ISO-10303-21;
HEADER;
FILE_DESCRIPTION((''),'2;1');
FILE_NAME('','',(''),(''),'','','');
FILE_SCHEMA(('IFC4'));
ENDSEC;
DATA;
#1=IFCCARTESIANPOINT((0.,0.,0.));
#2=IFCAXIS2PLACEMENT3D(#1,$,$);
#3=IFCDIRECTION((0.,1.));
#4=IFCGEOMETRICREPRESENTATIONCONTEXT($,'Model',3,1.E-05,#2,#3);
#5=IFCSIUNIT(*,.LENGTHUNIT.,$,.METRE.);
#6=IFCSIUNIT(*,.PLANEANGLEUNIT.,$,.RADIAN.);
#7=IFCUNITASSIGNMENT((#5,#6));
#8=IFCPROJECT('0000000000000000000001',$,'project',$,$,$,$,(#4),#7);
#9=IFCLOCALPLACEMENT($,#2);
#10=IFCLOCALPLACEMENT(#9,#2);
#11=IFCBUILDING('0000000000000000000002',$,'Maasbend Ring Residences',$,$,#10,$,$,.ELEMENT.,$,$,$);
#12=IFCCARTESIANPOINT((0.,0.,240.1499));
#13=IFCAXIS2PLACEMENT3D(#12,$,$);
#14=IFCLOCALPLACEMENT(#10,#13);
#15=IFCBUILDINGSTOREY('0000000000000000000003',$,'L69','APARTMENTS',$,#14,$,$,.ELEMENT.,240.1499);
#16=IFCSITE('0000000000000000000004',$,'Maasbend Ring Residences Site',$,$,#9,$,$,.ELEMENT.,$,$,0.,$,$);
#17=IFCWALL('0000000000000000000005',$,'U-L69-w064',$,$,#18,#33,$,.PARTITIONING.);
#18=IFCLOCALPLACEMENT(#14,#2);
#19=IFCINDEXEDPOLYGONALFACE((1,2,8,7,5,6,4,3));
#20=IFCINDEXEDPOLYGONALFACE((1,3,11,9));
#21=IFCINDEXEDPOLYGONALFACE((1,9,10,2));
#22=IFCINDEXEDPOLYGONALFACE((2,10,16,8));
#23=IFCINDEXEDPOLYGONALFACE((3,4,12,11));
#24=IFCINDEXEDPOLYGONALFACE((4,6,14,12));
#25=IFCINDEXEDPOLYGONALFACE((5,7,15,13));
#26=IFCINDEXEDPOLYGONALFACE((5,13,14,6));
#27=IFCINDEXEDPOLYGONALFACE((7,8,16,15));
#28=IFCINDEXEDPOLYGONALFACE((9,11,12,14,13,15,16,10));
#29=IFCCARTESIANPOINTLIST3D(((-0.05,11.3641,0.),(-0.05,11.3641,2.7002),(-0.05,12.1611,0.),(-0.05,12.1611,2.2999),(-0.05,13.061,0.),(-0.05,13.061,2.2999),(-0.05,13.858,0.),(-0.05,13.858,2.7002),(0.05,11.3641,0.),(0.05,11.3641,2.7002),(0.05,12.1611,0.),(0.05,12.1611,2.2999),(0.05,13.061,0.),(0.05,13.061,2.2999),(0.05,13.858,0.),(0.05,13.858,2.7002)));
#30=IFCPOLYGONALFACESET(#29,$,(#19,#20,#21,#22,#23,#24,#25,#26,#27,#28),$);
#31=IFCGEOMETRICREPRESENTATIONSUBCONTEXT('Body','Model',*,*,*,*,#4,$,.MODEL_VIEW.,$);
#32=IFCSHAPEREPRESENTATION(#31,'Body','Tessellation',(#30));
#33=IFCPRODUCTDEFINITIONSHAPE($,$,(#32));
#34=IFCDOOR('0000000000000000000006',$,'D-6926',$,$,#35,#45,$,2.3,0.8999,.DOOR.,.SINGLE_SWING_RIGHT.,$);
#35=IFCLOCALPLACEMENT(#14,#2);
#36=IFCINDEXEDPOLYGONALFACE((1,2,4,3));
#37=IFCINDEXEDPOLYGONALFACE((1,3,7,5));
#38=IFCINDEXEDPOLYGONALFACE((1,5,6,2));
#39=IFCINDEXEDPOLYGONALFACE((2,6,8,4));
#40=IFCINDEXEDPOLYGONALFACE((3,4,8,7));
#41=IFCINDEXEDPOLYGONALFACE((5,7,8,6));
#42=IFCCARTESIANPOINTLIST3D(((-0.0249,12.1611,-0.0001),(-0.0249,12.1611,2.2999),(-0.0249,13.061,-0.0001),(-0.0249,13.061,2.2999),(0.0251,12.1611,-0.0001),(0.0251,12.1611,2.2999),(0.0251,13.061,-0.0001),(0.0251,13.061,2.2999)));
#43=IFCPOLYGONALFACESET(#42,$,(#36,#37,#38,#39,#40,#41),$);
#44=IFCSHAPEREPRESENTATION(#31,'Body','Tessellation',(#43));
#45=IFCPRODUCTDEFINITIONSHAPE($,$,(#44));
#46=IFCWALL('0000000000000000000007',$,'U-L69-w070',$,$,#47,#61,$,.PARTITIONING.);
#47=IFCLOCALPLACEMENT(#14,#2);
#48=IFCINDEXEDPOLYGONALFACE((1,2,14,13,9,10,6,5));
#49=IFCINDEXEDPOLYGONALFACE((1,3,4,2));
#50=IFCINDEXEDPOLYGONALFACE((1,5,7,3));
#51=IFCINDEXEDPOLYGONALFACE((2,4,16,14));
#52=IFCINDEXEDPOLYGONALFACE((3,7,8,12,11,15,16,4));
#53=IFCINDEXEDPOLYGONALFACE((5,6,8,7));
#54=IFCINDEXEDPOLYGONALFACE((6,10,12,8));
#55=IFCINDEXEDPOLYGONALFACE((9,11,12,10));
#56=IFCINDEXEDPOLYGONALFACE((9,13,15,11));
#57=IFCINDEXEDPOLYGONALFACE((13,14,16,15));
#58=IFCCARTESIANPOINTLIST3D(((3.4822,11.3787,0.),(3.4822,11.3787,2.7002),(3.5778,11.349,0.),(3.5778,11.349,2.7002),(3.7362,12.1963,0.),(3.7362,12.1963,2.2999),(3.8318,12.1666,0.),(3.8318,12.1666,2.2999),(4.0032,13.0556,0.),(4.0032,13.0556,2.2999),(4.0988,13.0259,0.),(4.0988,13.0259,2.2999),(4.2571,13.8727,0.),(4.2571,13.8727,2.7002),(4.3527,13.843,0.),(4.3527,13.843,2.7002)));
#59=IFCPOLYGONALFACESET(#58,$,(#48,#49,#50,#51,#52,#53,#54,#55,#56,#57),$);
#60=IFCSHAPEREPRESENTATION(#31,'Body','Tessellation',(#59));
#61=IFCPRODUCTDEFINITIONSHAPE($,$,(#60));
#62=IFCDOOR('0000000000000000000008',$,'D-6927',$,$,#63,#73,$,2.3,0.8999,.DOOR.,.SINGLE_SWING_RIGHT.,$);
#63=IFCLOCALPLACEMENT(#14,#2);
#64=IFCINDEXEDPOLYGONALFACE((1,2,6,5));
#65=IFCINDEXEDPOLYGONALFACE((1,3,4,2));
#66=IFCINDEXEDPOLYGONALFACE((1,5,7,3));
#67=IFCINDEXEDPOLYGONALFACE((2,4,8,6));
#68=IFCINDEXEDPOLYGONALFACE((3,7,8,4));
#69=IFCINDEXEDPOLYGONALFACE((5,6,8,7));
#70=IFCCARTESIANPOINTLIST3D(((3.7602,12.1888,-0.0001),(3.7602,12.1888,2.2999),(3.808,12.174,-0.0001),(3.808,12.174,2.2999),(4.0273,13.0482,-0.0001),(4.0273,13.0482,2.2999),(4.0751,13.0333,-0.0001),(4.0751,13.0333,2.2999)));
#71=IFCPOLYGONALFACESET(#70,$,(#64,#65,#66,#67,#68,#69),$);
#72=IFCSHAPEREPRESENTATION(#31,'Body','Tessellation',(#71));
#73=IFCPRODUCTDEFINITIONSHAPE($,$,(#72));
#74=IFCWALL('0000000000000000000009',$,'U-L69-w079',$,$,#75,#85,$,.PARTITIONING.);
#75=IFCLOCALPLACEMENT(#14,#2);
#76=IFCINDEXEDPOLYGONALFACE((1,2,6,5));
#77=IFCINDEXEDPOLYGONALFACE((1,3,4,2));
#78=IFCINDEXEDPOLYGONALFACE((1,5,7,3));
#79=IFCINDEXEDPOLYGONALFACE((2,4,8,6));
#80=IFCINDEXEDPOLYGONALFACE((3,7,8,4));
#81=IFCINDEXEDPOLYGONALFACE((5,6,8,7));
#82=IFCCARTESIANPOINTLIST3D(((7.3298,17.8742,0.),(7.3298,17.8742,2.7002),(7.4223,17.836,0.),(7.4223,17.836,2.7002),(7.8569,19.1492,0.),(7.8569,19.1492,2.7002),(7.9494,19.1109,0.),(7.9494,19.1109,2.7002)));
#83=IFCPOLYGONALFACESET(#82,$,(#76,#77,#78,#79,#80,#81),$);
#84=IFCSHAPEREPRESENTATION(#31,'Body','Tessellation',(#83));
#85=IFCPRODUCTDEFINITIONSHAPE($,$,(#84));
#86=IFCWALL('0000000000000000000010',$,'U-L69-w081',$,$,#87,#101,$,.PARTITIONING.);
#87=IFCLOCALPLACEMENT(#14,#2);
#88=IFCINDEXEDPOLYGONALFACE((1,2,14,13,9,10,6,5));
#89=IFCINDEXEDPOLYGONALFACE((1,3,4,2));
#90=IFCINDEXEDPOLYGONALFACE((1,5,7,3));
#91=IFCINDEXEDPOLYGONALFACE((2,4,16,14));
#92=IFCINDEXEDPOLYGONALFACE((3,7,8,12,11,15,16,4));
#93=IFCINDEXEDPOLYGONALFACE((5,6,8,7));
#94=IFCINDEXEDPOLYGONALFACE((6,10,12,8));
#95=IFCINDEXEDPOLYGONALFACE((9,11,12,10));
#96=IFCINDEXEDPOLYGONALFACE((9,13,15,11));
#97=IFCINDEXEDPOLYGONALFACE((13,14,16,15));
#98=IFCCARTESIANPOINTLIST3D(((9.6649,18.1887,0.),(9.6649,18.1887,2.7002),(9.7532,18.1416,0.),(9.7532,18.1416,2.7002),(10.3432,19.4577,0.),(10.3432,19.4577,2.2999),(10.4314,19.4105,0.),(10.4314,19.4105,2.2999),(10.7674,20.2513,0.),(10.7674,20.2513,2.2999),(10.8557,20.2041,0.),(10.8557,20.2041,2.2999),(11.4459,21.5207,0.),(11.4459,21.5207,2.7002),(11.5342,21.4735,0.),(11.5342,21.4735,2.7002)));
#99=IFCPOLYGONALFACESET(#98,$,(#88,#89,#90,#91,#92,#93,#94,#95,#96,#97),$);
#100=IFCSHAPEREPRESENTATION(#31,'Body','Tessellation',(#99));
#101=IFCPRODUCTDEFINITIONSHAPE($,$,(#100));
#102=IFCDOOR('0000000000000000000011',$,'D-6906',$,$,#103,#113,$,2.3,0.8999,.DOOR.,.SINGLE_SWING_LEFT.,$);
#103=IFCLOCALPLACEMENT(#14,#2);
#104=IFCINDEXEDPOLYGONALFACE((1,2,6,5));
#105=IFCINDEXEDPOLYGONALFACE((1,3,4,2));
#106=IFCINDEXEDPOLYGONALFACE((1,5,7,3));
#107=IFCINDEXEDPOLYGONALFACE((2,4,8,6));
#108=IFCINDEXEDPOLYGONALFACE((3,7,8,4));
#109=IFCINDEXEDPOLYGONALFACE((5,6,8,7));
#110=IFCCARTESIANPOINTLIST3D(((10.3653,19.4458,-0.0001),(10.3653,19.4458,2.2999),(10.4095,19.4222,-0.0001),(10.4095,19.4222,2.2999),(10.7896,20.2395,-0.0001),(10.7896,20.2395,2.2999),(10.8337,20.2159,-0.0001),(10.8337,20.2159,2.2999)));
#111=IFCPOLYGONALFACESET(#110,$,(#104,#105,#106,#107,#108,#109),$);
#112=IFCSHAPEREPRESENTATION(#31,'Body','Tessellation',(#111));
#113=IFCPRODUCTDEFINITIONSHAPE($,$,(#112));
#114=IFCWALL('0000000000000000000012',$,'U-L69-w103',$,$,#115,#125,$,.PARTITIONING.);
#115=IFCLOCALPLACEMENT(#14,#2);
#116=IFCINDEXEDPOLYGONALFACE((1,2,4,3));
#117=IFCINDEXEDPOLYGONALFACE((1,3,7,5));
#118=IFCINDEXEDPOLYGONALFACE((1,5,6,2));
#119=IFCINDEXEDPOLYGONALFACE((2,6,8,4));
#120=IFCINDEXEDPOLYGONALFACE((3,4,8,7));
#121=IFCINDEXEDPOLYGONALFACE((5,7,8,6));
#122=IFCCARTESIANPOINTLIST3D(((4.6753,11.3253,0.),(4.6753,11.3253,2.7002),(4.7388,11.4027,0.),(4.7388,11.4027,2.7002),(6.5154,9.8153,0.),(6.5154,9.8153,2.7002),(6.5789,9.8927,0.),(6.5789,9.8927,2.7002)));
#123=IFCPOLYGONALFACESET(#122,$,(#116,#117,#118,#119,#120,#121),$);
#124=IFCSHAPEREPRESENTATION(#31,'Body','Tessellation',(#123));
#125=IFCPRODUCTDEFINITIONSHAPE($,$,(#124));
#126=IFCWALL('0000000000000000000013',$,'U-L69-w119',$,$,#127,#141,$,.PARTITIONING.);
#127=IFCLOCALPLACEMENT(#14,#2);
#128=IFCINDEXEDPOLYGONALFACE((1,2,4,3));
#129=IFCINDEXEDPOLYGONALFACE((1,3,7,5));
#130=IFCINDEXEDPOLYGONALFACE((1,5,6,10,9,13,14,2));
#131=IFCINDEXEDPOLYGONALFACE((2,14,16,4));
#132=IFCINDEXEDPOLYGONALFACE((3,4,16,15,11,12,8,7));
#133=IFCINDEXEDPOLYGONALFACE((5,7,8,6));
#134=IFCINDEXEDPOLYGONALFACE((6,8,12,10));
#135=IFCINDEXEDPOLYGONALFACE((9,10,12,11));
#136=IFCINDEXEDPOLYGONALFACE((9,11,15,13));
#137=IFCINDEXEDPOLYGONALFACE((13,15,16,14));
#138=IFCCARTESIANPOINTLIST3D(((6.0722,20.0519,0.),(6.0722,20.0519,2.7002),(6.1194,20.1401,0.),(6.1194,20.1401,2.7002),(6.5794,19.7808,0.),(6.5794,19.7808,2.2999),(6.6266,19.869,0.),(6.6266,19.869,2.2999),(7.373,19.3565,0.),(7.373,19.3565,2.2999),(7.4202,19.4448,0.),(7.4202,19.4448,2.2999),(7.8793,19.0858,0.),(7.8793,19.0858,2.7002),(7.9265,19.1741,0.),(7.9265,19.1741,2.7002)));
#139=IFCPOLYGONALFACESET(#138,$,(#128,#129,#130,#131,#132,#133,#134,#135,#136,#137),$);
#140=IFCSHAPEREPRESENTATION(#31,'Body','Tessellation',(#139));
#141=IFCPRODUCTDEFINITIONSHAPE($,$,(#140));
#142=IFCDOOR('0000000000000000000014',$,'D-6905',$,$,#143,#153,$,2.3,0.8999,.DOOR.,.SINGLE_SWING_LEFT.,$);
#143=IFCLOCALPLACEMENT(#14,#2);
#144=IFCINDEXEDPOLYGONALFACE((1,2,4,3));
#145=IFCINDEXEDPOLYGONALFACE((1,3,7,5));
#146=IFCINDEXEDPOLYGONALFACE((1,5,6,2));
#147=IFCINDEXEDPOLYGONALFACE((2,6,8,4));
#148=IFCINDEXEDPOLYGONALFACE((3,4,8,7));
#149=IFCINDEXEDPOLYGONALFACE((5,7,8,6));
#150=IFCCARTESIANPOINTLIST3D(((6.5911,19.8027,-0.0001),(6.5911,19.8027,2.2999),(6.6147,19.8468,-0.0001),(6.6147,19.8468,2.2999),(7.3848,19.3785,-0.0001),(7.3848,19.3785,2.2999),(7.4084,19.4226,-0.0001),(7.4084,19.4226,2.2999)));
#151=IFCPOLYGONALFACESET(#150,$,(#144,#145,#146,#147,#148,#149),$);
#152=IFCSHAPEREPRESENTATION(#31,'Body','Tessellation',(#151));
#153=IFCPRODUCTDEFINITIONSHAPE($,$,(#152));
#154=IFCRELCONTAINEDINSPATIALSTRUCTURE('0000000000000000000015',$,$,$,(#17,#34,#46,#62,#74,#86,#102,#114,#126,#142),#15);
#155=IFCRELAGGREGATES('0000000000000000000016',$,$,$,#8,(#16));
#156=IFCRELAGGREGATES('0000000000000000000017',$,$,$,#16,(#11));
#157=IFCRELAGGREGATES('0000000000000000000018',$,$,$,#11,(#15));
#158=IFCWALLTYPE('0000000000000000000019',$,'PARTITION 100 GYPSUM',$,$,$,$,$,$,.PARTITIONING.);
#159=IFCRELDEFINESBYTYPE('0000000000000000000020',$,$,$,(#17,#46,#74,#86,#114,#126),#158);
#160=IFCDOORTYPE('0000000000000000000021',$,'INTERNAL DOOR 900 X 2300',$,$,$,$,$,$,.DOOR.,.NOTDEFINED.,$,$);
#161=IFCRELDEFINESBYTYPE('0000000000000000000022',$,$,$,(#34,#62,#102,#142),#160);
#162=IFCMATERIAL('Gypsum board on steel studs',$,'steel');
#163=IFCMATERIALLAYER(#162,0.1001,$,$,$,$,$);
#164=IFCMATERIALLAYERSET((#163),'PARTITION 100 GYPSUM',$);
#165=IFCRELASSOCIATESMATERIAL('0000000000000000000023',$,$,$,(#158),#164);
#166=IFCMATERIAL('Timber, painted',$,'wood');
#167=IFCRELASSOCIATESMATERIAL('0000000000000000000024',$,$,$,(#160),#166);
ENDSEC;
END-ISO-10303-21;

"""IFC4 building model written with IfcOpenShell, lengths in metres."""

from ifc_helpers import new_model, si_unit, direction, frame, frame_2d, origin, place, context, subcontext, project, spatial, rectangle, extrude, material, layer, layer_set, type_object, element, fill, save


model = new_model("IFC4")

# Units and contexts
model_context = context("Model", 3, precision=1e-05, world=origin(), true_north=direction((0.0, 1.0)))
body_context = subcontext(model_context, "Body", "Model", "MODEL_VIEW")
ifc_project = project(units=[si_unit("LENGTHUNIT", "METRE"), si_unit("PLANEANGLEUNIT", "RADIAN")], contexts=[model_context])

# Site, building, storey
site_placement = place(None, origin())
site = spatial("IfcSite", under=ifc_project, at=site_placement, Name="Maasbend Ring Residences Site", CompositionType="ELEMENT", RefElevation=0.0)
building_placement = place(site_placement, origin())
building = spatial("IfcBuilding", under=site, at=building_placement, Name="Maasbend Ring Residences", CompositionType="ELEMENT")
storey_placement = place(building_placement, frame((0.0, 0.0, 240.1499)))
storey = spatial("IfcBuildingStorey", under=building, at=storey_placement, Name="L69", Description="APARTMENTS", CompositionType="ELEMENT", Elevation=240.1499)

# Walls, openings, doors
ifc_material_1 = material(Name="Gypsum board on steel studs", Category="steel")
ifc_layer_1 = layer(ifc_material_1, 0.1001)
ifc_layer_set_1 = layer_set([ifc_layer_1], Name="PARTITION 100 GYPSUM")
wall_type_1 = type_object("IfcWallType", Name="PARTITION 100 GYPSUM", PredefinedType="PARTITIONING", material=ifc_layer_set_1)
wall_1_placement = place(storey_placement, frame((0.0, 11.364, 0.0), z_axis=(0.0, 0.0, 1.0), x_axis=(0.0, 1.0, 0.0)))
wall_1 = element("IfcWall", 1, at=wall_1_placement, inside=storey, type_object=wall_type_1, Name="U-L69-w064", PredefinedType="PARTITIONING", context=body_context, shape_type="SweptSolid", body=[
    extrude(rectangle(XDim=2.4939, YDim=0.1001, at=frame_2d((1.2471, 0.0))), origin(), (0.0, 0.0, 1.0), 2.7002),
])
opening_1_placement = place(wall_1_placement, frame((0.7971, 0.0, 0.0)))
opening_1 = element("IfcOpeningElement", 2, at=opening_1_placement, cuts=wall_1, PredefinedType="OPENING", context=body_context, shape_type="SweptSolid", body=[
    extrude(rectangle(XDim=0.8999, YDim=2.3, at=frame_2d((0.45, 1.1499))), frame((0.0, 0.0601, 0.0), z_axis=(0.0, -1.0, 0.0), x_axis=(1.0, 0.0, 0.0)), (0.0, 0.0, 1.0), 0.1201),
])
ifc_material_2 = material(Name="Timber, painted", Category="wood")
door_type_1 = type_object("IfcDoorType", Name="INTERNAL DOOR 900 X 2300", OperationType="NOTDEFINED", PredefinedType="DOOR", material=ifc_material_2)
door_1_placement = place(opening_1_placement, origin())
door_1 = element("IfcDoor", 3, at=door_1_placement, inside=storey, type_object=door_type_1, Name="D-6926", OperationType="SINGLE_SWING_RIGHT", OverallHeight=2.3, OverallWidth=0.8999, PredefinedType="DOOR", context=body_context, shape_type="SweptSolid", body=[
    extrude(rectangle(XDim=0.8999, YDim=2.3, at=frame_2d((0.45, 1.1499))), frame((0.0, 0.0249, 0.0), z_axis=(0.0, -1.0, 0.0), x_axis=(1.0, 0.0, 0.0)), (0.0, 0.0, 1.0), 0.05),
])
fill(opening_1, door_1)
wall_2_placement = place(storey_placement, frame((3.53, 11.364, 0.0), z_axis=(0.0, 0.0, 1.0), x_axis=(0.296726, 0.954963, 0.0)))
wall_2 = element("IfcWall", 4, at=wall_2_placement, inside=storey, type_object=wall_type_1, Name="U-L69-w070", PredefinedType="PARTITIONING", context=body_context, shape_type="SweptSolid", body=[
    extrude(rectangle(XDim=2.6116, YDim=0.1001, at=frame_2d((1.3057, 0.0))), origin(), (0.0, 0.0, 1.0), 2.7002),
])
opening_2_placement = place(wall_2_placement, frame((0.856, 0.0, 0.0)))
opening_2 = element("IfcOpeningElement", 5, at=opening_2_placement, cuts=wall_2, PredefinedType="OPENING", context=body_context, shape_type="SweptSolid", body=[
    extrude(rectangle(XDim=0.8999, YDim=2.3, at=frame_2d((0.45, 1.1499))), frame((0.0, 0.0601, 0.0), z_axis=(0.0, -1.0, 0.0), x_axis=(1.0, 0.0, 0.0)), (0.0, 0.0, 1.0), 0.1201),
])
door_2_placement = place(opening_2_placement, origin())
door_2 = element("IfcDoor", 6, at=door_2_placement, inside=storey, type_object=door_type_1, Name="D-6927", OperationType="SINGLE_SWING_RIGHT", OverallHeight=2.3, OverallWidth=0.8999, PredefinedType="DOOR", context=body_context, shape_type="SweptSolid", body=[
    extrude(rectangle(XDim=0.8999, YDim=2.3, at=frame_2d((0.45, 1.1499))), frame((0.0, 0.0249, 0.0), z_axis=(0.0, -1.0, 0.0), x_axis=(1.0, 0.0, 0.0)), (0.0, 0.0, 1.0), 0.05),
])
fill(opening_2, door_2)

# Wall
wall_3_placement = place(storey_placement, frame((7.376, 17.855, 0.0), z_axis=(0.0, 0.0, 1.0), x_axis=(0.382076, 0.924131, 0.0)))
element("IfcWall", 7, at=wall_3_placement, inside=storey, type_object=wall_type_1, Name="U-L69-w079", PredefinedType="PARTITIONING", context=body_context, shape_type="SweptSolid", body=[
    extrude(rectangle(XDim=1.3796, YDim=0.1001, at=frame_2d((0.6899, 0.0))), origin(), (0.0, 0.0, 1.0), 2.7002),
])

# Wall, opening, door
wall_4_placement = place(storey_placement, frame((9.709, 18.165, 0.0), z_axis=(0.0, 0.0, 1.0), x_axis=(0.471396, 0.881921, 0.0)))
wall_4 = element("IfcWall", 8, at=wall_4_placement, inside=storey, type_object=wall_type_1, Name="U-L69-w081", PredefinedType="PARTITIONING", context=body_context, shape_type="SweptSolid", body=[
    extrude(rectangle(XDim=3.7781, YDim=0.1001, at=frame_2d((1.8892, 0.0))), origin(), (0.0, 0.0, 1.0), 2.7002),
])
opening_3_placement = place(wall_4_placement, frame((1.439, 0.0, 0.0)))
opening_3 = element("IfcOpeningElement", 9, at=opening_3_placement, cuts=wall_4, PredefinedType="OPENING", context=body_context, shape_type="SweptSolid", body=[
    extrude(rectangle(XDim=0.8999, YDim=2.3, at=frame_2d((0.45, 1.1499))), frame((0.0, 0.0601, 0.0), z_axis=(0.0, -1.0, 0.0), x_axis=(1.0, 0.0, 0.0)), (0.0, 0.0, 1.0), 0.1201),
])
door_3_placement = place(opening_3_placement, origin())
door_3 = element("IfcDoor", 10, at=door_3_placement, inside=storey, type_object=door_type_1, Name="D-6906", OperationType="SINGLE_SWING_LEFT", OverallHeight=2.3, OverallWidth=0.8999, PredefinedType="DOOR", context=body_context, shape_type="SweptSolid", body=[
    extrude(rectangle(XDim=0.8999, YDim=2.3, at=frame_2d((0.45, 1.1499))), frame((0.0, 0.0249, 0.0), z_axis=(0.0, -1.0, 0.0), x_axis=(1.0, 0.0, 0.0)), (0.0, 0.0, 1.0), 0.05),
])
fill(opening_3, door_3)

# Wall
wall_5_placement = place(storey_placement, frame((4.707, 11.364, 0.0), z_axis=(0.0, 0.0, 1.0), x_axis=(0.773033, -0.634365, 0.0)))
element("IfcWall", 11, at=wall_5_placement, inside=storey, type_object=wall_type_1, Name="U-L69-w103", PredefinedType="PARTITIONING", context=body_context, shape_type="SweptSolid", body=[
    extrude(rectangle(XDim=2.3804, YDim=0.1001, at=frame_2d((1.1902, 0.0))), origin(), (0.0, 0.0, 1.0), 2.7002),
])

# Wall, opening, door
wall_6_placement = place(storey_placement, frame((6.0959, 20.0959, 0.0), z_axis=(0.0, 0.0, 1.0), x_axis=(0.881894, -0.471448, 0.0)))
wall_6 = element("IfcWall", 12, at=wall_6_placement, inside=storey, type_object=wall_type_1, Name="U-L69-w119", PredefinedType="PARTITIONING", context=body_context, shape_type="SweptSolid", body=[
    extrude(rectangle(XDim=2.0491, YDim=0.1001, at=frame_2d((1.0244, 0.0))), origin(), (0.0, 0.0, 1.0), 2.7002),
])
opening_4_placement = place(wall_6_placement, frame((0.575, 0.0, 0.0)))
opening_4 = element("IfcOpeningElement", 13, at=opening_4_placement, cuts=wall_6, PredefinedType="OPENING", context=body_context, shape_type="SweptSolid", body=[
    extrude(rectangle(XDim=0.8999, YDim=2.3, at=frame_2d((0.45, 1.1499))), frame((0.0, 0.0601, 0.0), z_axis=(0.0, -1.0, 0.0), x_axis=(1.0, 0.0, 0.0)), (0.0, 0.0, 1.0), 0.1201),
])
door_4_placement = place(opening_4_placement, origin())
door_4 = element("IfcDoor", 14, at=door_4_placement, inside=storey, type_object=door_type_1, Name="D-6905", OperationType="SINGLE_SWING_LEFT", OverallHeight=2.3, OverallWidth=0.8999, PredefinedType="DOOR", context=body_context, shape_type="SweptSolid", body=[
    extrude(rectangle(XDim=0.8999, YDim=2.3, at=frame_2d((0.45, 1.1499))), frame((0.0, 0.0249, 0.0), z_axis=(0.0, -1.0, 0.0), x_axis=(1.0, 0.0, 0.0)), (0.0, 0.0, 1.0), 0.05),
])
fill(opening_4, door_4)

save(model, "model.ifc")
